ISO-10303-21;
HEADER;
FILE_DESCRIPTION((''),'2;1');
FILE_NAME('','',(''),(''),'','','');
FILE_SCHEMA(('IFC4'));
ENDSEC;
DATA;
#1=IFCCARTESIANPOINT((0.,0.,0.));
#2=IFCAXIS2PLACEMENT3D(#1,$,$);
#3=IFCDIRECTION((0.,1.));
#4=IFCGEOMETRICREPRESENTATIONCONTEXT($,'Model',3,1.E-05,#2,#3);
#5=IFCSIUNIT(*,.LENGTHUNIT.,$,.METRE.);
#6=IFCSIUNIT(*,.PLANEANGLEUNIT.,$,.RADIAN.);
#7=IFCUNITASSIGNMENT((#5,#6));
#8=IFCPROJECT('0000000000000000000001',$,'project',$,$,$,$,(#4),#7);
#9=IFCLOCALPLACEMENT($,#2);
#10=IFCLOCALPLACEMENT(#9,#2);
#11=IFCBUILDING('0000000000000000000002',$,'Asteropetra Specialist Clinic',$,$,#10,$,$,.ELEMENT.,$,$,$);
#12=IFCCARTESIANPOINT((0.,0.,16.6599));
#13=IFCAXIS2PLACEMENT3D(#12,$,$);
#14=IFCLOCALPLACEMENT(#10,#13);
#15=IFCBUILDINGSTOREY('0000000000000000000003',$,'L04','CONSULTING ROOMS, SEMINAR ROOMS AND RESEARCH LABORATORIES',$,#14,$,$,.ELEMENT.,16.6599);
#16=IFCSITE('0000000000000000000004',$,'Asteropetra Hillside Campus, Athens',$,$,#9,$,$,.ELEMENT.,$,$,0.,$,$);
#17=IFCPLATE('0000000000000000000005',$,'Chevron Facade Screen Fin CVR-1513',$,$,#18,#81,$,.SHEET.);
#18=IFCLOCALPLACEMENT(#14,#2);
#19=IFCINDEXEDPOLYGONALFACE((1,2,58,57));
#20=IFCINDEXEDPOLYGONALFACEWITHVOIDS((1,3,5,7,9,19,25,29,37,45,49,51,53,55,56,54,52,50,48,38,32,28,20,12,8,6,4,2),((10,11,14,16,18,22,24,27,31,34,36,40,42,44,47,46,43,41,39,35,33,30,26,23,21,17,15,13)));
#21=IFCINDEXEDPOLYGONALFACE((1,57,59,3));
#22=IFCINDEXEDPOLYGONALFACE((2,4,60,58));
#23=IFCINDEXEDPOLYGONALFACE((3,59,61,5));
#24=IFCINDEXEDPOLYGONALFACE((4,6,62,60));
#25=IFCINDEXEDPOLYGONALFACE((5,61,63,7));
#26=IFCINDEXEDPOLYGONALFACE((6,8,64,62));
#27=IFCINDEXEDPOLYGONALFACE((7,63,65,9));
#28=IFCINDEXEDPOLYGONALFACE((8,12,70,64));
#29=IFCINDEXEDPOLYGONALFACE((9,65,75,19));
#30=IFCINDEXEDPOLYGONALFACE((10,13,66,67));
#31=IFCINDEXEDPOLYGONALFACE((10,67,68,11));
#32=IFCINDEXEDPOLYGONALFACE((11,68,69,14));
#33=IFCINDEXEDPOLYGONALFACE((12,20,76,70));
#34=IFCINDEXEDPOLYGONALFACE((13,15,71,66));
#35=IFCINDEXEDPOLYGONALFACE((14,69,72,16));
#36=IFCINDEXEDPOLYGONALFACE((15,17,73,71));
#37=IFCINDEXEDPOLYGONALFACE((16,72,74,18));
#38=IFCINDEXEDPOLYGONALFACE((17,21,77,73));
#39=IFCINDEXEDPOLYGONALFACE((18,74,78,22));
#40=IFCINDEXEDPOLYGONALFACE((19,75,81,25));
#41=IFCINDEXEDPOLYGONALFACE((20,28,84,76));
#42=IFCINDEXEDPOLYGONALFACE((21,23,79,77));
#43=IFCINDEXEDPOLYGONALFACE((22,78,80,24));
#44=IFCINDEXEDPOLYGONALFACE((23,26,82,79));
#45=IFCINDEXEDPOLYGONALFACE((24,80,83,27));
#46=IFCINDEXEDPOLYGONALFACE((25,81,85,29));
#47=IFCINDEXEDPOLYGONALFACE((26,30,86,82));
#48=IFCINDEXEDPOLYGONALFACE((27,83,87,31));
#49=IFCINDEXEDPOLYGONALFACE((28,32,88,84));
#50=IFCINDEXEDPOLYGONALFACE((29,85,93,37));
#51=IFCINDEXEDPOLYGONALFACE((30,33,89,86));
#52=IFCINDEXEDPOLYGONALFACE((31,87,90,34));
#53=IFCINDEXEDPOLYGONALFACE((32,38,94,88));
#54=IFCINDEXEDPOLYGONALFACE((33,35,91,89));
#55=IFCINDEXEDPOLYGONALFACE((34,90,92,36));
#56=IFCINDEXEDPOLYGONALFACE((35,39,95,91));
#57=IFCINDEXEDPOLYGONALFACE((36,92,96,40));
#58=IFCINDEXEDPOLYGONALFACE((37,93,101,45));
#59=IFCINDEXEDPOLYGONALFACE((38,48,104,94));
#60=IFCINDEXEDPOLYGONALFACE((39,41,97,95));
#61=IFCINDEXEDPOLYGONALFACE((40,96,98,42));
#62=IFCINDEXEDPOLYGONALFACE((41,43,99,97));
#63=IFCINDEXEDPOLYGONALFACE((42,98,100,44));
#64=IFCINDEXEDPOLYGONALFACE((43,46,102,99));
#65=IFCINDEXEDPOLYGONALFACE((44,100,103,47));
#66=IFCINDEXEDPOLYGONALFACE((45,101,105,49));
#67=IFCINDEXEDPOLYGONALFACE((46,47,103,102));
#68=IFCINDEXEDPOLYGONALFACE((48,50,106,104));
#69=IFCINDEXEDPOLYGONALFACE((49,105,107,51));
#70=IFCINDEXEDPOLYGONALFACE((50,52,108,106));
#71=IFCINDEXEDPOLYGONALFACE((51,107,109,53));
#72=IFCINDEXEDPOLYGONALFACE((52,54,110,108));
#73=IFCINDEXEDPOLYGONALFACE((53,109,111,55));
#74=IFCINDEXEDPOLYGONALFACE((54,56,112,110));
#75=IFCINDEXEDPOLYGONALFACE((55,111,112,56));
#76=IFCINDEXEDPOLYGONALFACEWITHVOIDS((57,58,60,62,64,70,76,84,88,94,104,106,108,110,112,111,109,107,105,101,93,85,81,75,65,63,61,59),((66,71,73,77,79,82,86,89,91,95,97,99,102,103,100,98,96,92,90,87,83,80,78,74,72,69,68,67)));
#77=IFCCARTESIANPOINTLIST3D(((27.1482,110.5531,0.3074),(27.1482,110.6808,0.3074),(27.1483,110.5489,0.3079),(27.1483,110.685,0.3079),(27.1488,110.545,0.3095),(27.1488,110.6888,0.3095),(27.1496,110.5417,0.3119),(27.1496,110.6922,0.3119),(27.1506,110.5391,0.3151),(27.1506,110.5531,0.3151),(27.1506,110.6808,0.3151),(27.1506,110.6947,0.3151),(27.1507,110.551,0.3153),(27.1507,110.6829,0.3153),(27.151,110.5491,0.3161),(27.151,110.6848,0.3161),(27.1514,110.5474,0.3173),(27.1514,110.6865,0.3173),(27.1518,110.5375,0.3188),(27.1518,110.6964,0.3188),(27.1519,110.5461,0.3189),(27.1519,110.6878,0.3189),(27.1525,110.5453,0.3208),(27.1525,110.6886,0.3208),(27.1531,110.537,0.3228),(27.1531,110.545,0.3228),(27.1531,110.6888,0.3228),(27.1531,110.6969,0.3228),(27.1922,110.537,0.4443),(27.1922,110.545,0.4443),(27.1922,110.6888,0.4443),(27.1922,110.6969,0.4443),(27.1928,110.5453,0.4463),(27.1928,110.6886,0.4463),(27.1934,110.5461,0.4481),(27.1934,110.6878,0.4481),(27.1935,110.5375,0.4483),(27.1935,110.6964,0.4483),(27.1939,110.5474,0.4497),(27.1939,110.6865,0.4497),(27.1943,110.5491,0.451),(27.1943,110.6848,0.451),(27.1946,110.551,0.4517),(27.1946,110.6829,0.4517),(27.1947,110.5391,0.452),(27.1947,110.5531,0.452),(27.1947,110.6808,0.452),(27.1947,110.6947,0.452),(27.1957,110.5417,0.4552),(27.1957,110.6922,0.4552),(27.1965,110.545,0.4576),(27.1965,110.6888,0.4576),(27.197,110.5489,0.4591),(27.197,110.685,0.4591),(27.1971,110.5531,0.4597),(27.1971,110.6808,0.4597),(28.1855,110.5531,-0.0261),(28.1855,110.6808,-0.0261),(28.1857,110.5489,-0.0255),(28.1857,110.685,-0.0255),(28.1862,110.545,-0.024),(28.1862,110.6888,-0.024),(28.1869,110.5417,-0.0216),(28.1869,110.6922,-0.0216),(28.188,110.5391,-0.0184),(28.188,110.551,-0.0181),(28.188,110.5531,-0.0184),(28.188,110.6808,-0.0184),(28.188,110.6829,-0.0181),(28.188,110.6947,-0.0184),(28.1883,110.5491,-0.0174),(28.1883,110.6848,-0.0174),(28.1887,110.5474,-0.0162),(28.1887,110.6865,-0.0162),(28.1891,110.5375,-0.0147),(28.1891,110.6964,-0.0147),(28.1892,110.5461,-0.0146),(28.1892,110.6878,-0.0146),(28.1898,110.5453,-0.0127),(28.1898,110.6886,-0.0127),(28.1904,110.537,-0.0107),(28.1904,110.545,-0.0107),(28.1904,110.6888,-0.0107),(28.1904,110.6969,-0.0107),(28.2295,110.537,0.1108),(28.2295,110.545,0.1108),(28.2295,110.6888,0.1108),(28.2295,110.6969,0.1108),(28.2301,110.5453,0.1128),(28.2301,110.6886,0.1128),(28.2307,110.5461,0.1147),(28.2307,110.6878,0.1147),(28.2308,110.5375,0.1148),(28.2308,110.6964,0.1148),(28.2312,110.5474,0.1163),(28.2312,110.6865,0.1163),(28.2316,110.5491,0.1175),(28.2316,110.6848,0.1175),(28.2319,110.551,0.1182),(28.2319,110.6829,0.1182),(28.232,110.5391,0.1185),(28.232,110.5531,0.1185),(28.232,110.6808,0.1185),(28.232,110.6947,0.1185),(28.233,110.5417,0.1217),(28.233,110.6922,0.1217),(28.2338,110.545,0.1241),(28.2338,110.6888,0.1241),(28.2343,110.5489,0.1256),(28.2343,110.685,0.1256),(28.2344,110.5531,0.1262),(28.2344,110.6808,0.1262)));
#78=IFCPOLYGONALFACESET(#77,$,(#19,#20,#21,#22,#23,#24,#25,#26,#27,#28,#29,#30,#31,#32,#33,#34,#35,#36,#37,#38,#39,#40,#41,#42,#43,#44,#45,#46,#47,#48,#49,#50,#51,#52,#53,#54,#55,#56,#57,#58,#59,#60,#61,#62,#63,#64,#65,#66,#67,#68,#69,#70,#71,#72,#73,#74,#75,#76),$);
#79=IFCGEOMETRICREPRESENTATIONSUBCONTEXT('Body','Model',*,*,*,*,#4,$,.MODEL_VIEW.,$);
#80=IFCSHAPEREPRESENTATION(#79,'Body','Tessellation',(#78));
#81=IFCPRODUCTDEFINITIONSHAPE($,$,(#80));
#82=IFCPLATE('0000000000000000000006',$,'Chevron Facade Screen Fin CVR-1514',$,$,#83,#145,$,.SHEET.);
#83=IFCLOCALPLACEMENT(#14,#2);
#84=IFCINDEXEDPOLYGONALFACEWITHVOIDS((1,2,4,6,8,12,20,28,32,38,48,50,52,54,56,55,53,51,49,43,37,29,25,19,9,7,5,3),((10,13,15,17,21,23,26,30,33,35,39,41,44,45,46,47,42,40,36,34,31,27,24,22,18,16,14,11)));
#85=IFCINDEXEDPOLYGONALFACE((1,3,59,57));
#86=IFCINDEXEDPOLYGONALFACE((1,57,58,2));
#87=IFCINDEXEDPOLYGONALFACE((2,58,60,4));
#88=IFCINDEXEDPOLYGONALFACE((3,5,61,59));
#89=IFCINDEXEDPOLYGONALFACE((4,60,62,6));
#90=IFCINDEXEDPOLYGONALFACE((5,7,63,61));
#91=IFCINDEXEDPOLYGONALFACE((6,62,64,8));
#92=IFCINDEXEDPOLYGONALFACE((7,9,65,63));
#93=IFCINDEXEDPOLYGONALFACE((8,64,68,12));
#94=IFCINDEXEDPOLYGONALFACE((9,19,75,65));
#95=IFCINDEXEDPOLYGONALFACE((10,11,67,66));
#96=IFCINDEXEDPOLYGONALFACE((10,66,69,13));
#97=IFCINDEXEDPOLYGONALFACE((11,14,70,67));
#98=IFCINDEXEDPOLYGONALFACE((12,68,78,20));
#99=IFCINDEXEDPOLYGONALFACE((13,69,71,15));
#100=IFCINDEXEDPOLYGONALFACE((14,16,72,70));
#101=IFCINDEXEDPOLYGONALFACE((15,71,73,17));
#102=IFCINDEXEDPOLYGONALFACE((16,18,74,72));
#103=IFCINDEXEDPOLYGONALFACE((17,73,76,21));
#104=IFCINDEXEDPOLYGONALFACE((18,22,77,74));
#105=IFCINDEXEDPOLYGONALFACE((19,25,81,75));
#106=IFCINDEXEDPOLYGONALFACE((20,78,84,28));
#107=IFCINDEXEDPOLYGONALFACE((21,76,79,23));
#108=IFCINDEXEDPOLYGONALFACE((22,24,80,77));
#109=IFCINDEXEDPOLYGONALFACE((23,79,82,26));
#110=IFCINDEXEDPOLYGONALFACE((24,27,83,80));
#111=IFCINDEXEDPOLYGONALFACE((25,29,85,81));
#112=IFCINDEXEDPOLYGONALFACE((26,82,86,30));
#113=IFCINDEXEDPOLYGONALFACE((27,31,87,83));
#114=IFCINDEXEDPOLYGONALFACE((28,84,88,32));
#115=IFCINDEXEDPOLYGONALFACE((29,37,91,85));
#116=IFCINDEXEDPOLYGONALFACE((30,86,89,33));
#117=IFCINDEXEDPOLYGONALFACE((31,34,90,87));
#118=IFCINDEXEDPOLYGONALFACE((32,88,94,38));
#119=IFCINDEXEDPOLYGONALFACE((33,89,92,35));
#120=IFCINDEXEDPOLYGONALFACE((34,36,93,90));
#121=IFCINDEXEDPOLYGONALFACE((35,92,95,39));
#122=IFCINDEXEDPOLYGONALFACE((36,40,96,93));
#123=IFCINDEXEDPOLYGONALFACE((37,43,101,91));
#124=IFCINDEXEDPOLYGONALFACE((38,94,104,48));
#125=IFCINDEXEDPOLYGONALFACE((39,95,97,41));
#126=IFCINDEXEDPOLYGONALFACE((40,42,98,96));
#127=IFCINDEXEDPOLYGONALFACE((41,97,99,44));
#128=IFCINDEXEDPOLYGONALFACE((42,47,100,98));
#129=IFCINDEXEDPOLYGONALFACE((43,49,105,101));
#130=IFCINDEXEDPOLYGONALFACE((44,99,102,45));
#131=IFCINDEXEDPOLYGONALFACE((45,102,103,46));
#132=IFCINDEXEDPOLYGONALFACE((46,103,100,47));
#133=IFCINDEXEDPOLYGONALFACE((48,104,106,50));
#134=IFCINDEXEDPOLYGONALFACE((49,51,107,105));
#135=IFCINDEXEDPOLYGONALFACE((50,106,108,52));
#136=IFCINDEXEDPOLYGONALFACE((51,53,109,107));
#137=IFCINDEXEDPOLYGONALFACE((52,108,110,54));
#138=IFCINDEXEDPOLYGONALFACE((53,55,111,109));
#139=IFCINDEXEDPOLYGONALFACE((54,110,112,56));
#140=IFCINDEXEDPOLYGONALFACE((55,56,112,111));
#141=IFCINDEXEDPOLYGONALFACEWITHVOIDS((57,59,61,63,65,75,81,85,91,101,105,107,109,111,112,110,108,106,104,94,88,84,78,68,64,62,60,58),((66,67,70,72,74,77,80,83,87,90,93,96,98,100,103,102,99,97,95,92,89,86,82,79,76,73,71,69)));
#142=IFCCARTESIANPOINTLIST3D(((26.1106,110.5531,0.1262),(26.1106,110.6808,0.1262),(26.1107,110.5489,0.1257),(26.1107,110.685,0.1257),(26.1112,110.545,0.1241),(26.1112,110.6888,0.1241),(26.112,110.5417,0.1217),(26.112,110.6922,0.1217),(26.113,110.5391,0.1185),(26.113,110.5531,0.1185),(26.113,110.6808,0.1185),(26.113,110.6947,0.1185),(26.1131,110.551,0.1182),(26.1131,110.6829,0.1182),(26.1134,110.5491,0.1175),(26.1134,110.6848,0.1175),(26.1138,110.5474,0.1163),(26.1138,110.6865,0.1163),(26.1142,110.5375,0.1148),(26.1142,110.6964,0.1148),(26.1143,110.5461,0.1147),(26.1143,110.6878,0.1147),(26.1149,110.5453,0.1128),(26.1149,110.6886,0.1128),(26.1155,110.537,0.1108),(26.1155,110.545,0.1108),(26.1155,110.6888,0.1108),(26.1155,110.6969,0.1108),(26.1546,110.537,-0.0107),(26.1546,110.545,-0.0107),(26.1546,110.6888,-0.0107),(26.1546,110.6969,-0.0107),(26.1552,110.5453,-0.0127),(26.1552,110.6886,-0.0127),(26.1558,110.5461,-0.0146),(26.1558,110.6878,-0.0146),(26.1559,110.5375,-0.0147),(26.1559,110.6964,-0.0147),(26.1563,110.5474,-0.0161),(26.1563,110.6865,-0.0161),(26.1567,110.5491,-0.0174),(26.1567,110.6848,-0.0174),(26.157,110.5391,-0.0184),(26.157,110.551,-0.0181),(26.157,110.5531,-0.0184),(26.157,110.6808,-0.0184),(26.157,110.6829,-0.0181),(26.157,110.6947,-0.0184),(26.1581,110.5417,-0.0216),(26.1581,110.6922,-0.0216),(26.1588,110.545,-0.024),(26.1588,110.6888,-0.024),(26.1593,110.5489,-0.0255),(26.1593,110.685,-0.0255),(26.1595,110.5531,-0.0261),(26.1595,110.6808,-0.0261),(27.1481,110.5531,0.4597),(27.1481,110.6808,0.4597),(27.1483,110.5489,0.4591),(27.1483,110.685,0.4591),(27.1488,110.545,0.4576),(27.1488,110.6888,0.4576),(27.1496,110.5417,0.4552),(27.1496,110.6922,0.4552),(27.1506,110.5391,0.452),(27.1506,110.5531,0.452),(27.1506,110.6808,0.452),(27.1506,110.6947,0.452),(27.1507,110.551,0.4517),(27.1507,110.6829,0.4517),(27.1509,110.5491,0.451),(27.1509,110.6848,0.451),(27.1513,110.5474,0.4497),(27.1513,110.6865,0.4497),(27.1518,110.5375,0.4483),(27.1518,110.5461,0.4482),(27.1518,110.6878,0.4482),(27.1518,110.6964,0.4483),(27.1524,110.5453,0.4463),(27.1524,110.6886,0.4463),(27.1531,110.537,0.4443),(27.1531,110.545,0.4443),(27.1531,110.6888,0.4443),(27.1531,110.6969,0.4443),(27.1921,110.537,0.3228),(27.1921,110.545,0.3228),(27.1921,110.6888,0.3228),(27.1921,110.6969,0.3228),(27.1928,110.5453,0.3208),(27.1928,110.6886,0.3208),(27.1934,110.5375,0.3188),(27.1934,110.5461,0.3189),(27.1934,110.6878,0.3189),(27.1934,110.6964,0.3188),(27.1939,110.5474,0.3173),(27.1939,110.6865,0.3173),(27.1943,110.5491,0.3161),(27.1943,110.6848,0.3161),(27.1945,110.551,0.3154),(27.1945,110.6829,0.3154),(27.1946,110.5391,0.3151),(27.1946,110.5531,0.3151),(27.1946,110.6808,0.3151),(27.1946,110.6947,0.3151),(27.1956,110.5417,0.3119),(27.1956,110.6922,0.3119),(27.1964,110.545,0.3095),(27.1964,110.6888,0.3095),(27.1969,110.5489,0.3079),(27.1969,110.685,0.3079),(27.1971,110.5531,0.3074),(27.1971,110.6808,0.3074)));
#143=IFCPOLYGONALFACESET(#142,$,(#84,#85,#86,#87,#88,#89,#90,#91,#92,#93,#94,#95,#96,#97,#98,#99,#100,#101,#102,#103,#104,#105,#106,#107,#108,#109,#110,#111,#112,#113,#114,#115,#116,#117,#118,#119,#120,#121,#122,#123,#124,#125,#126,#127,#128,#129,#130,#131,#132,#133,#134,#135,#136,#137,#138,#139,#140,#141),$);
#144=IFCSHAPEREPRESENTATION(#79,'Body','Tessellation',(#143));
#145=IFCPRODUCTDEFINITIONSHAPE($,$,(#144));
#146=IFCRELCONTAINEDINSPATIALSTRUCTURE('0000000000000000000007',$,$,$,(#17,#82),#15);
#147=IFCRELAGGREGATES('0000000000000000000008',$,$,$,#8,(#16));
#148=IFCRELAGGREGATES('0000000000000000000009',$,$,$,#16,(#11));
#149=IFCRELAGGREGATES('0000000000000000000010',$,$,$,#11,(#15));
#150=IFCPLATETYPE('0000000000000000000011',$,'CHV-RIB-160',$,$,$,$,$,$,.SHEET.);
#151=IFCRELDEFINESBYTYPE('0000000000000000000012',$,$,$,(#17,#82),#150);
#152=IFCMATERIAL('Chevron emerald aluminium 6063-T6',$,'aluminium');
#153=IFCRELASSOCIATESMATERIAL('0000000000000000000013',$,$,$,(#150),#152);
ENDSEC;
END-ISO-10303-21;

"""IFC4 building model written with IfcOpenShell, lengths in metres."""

from ifc_helpers import new_model, si_unit, direction, frame, origin, origin_2d, place, context, subcontext, project, spatial, hollow_rectangle, extrude, material, material_profile, profile_set, type_object, element, save


model = new_model("IFC4")

# Units and contexts
model_context = context("Model", 3, precision=1e-05, world=origin(), true_north=direction((0.0, 1.0)))
body_context = subcontext(model_context, "Body", "Model", "MODEL_VIEW")
ifc_project = project(units=[si_unit("LENGTHUNIT", "METRE"), si_unit("PLANEANGLEUNIT", "RADIAN")], contexts=[model_context])

# Site, building, storey
site_placement = place(None, origin())
site = spatial("IfcSite", under=ifc_project, at=site_placement, Name="Asteropetra Hillside Campus, Athens", CompositionType="ELEMENT", RefElevation=0.0)
building_placement = place(site_placement, origin())
building = spatial("IfcBuilding", under=site, at=building_placement, Name="Asteropetra Specialist Clinic", CompositionType="ELEMENT")
storey_placement = place(building_placement, frame((0.0, 0.0, 16.6599)))
storey = spatial("IfcBuildingStorey", under=building, at=storey_placement, Name="L04", Description="CONSULTING ROOMS, SEMINAR ROOMS AND RESEARCH LABORATORIES", CompositionType="ELEMENT", Elevation=16.6599)

# Plates
ifc_material_1 = material(Name="Chevron emerald aluminium 6063-T6", Category="aluminium")
ifc_material_profile = material_profile(ifc_material_1, hollow_rectangle(XDim=0.1599, YDim=0.1599, WallThickness=0.0081, InnerFilletRadius=0.0081, OuterFilletRadius=0.0161, at=origin_2d()), Name="SHS 160x160x8.0")
ifc_profile_set = profile_set([ifc_material_profile], Name="Chevron emerald aluminium 6063-T6")
plate_type_1 = type_object("IfcPlateType", Name="CHV-RIB-160", PredefinedType="SHEET", material=ifc_profile_set)
plate_1_placement = place(storey_placement, frame((28.21, 110.6169, 0.05), z_axis=(-0.952012, 0.0, 0.30606), x_axis=(0.0, -1.0, 0.0)))
element("IfcPlate", 1, at=plate_1_placement, inside=storey, type_object=plate_type_1, Name="Chevron Facade Screen Fin CVR-1513", PredefinedType="SHEET", context=body_context, shape_type="SweptSolid", body=[
    extrude(hollow_rectangle(XDim=0.1599, YDim=0.1599, WallThickness=0.0081, InnerFilletRadius=0.0081, OuterFilletRadius=0.0161, at=origin_2d()), origin(), (0.0, 0.0, 1.0), 1.0896),
])
plate_2_placement = place(storey_placement, frame((27.1726, 110.6169, 0.3835), z_axis=(-0.952033, 0.0, -0.305995), x_axis=(0.0, -1.0, 0.0)))
element("IfcPlate", 2, at=plate_2_placement, inside=storey, type_object=plate_type_1, Name="Chevron Facade Screen Fin CVR-1514", PredefinedType="SHEET", context=body_context, shape_type="SweptSolid", body=[
    extrude(hollow_rectangle(XDim=0.1599, YDim=0.1599, WallThickness=0.0081, InnerFilletRadius=0.0081, OuterFilletRadius=0.0161, at=origin_2d()), origin(), (0.0, 0.0, 1.0), 1.0898),
])

save(model, "model.ifc")
